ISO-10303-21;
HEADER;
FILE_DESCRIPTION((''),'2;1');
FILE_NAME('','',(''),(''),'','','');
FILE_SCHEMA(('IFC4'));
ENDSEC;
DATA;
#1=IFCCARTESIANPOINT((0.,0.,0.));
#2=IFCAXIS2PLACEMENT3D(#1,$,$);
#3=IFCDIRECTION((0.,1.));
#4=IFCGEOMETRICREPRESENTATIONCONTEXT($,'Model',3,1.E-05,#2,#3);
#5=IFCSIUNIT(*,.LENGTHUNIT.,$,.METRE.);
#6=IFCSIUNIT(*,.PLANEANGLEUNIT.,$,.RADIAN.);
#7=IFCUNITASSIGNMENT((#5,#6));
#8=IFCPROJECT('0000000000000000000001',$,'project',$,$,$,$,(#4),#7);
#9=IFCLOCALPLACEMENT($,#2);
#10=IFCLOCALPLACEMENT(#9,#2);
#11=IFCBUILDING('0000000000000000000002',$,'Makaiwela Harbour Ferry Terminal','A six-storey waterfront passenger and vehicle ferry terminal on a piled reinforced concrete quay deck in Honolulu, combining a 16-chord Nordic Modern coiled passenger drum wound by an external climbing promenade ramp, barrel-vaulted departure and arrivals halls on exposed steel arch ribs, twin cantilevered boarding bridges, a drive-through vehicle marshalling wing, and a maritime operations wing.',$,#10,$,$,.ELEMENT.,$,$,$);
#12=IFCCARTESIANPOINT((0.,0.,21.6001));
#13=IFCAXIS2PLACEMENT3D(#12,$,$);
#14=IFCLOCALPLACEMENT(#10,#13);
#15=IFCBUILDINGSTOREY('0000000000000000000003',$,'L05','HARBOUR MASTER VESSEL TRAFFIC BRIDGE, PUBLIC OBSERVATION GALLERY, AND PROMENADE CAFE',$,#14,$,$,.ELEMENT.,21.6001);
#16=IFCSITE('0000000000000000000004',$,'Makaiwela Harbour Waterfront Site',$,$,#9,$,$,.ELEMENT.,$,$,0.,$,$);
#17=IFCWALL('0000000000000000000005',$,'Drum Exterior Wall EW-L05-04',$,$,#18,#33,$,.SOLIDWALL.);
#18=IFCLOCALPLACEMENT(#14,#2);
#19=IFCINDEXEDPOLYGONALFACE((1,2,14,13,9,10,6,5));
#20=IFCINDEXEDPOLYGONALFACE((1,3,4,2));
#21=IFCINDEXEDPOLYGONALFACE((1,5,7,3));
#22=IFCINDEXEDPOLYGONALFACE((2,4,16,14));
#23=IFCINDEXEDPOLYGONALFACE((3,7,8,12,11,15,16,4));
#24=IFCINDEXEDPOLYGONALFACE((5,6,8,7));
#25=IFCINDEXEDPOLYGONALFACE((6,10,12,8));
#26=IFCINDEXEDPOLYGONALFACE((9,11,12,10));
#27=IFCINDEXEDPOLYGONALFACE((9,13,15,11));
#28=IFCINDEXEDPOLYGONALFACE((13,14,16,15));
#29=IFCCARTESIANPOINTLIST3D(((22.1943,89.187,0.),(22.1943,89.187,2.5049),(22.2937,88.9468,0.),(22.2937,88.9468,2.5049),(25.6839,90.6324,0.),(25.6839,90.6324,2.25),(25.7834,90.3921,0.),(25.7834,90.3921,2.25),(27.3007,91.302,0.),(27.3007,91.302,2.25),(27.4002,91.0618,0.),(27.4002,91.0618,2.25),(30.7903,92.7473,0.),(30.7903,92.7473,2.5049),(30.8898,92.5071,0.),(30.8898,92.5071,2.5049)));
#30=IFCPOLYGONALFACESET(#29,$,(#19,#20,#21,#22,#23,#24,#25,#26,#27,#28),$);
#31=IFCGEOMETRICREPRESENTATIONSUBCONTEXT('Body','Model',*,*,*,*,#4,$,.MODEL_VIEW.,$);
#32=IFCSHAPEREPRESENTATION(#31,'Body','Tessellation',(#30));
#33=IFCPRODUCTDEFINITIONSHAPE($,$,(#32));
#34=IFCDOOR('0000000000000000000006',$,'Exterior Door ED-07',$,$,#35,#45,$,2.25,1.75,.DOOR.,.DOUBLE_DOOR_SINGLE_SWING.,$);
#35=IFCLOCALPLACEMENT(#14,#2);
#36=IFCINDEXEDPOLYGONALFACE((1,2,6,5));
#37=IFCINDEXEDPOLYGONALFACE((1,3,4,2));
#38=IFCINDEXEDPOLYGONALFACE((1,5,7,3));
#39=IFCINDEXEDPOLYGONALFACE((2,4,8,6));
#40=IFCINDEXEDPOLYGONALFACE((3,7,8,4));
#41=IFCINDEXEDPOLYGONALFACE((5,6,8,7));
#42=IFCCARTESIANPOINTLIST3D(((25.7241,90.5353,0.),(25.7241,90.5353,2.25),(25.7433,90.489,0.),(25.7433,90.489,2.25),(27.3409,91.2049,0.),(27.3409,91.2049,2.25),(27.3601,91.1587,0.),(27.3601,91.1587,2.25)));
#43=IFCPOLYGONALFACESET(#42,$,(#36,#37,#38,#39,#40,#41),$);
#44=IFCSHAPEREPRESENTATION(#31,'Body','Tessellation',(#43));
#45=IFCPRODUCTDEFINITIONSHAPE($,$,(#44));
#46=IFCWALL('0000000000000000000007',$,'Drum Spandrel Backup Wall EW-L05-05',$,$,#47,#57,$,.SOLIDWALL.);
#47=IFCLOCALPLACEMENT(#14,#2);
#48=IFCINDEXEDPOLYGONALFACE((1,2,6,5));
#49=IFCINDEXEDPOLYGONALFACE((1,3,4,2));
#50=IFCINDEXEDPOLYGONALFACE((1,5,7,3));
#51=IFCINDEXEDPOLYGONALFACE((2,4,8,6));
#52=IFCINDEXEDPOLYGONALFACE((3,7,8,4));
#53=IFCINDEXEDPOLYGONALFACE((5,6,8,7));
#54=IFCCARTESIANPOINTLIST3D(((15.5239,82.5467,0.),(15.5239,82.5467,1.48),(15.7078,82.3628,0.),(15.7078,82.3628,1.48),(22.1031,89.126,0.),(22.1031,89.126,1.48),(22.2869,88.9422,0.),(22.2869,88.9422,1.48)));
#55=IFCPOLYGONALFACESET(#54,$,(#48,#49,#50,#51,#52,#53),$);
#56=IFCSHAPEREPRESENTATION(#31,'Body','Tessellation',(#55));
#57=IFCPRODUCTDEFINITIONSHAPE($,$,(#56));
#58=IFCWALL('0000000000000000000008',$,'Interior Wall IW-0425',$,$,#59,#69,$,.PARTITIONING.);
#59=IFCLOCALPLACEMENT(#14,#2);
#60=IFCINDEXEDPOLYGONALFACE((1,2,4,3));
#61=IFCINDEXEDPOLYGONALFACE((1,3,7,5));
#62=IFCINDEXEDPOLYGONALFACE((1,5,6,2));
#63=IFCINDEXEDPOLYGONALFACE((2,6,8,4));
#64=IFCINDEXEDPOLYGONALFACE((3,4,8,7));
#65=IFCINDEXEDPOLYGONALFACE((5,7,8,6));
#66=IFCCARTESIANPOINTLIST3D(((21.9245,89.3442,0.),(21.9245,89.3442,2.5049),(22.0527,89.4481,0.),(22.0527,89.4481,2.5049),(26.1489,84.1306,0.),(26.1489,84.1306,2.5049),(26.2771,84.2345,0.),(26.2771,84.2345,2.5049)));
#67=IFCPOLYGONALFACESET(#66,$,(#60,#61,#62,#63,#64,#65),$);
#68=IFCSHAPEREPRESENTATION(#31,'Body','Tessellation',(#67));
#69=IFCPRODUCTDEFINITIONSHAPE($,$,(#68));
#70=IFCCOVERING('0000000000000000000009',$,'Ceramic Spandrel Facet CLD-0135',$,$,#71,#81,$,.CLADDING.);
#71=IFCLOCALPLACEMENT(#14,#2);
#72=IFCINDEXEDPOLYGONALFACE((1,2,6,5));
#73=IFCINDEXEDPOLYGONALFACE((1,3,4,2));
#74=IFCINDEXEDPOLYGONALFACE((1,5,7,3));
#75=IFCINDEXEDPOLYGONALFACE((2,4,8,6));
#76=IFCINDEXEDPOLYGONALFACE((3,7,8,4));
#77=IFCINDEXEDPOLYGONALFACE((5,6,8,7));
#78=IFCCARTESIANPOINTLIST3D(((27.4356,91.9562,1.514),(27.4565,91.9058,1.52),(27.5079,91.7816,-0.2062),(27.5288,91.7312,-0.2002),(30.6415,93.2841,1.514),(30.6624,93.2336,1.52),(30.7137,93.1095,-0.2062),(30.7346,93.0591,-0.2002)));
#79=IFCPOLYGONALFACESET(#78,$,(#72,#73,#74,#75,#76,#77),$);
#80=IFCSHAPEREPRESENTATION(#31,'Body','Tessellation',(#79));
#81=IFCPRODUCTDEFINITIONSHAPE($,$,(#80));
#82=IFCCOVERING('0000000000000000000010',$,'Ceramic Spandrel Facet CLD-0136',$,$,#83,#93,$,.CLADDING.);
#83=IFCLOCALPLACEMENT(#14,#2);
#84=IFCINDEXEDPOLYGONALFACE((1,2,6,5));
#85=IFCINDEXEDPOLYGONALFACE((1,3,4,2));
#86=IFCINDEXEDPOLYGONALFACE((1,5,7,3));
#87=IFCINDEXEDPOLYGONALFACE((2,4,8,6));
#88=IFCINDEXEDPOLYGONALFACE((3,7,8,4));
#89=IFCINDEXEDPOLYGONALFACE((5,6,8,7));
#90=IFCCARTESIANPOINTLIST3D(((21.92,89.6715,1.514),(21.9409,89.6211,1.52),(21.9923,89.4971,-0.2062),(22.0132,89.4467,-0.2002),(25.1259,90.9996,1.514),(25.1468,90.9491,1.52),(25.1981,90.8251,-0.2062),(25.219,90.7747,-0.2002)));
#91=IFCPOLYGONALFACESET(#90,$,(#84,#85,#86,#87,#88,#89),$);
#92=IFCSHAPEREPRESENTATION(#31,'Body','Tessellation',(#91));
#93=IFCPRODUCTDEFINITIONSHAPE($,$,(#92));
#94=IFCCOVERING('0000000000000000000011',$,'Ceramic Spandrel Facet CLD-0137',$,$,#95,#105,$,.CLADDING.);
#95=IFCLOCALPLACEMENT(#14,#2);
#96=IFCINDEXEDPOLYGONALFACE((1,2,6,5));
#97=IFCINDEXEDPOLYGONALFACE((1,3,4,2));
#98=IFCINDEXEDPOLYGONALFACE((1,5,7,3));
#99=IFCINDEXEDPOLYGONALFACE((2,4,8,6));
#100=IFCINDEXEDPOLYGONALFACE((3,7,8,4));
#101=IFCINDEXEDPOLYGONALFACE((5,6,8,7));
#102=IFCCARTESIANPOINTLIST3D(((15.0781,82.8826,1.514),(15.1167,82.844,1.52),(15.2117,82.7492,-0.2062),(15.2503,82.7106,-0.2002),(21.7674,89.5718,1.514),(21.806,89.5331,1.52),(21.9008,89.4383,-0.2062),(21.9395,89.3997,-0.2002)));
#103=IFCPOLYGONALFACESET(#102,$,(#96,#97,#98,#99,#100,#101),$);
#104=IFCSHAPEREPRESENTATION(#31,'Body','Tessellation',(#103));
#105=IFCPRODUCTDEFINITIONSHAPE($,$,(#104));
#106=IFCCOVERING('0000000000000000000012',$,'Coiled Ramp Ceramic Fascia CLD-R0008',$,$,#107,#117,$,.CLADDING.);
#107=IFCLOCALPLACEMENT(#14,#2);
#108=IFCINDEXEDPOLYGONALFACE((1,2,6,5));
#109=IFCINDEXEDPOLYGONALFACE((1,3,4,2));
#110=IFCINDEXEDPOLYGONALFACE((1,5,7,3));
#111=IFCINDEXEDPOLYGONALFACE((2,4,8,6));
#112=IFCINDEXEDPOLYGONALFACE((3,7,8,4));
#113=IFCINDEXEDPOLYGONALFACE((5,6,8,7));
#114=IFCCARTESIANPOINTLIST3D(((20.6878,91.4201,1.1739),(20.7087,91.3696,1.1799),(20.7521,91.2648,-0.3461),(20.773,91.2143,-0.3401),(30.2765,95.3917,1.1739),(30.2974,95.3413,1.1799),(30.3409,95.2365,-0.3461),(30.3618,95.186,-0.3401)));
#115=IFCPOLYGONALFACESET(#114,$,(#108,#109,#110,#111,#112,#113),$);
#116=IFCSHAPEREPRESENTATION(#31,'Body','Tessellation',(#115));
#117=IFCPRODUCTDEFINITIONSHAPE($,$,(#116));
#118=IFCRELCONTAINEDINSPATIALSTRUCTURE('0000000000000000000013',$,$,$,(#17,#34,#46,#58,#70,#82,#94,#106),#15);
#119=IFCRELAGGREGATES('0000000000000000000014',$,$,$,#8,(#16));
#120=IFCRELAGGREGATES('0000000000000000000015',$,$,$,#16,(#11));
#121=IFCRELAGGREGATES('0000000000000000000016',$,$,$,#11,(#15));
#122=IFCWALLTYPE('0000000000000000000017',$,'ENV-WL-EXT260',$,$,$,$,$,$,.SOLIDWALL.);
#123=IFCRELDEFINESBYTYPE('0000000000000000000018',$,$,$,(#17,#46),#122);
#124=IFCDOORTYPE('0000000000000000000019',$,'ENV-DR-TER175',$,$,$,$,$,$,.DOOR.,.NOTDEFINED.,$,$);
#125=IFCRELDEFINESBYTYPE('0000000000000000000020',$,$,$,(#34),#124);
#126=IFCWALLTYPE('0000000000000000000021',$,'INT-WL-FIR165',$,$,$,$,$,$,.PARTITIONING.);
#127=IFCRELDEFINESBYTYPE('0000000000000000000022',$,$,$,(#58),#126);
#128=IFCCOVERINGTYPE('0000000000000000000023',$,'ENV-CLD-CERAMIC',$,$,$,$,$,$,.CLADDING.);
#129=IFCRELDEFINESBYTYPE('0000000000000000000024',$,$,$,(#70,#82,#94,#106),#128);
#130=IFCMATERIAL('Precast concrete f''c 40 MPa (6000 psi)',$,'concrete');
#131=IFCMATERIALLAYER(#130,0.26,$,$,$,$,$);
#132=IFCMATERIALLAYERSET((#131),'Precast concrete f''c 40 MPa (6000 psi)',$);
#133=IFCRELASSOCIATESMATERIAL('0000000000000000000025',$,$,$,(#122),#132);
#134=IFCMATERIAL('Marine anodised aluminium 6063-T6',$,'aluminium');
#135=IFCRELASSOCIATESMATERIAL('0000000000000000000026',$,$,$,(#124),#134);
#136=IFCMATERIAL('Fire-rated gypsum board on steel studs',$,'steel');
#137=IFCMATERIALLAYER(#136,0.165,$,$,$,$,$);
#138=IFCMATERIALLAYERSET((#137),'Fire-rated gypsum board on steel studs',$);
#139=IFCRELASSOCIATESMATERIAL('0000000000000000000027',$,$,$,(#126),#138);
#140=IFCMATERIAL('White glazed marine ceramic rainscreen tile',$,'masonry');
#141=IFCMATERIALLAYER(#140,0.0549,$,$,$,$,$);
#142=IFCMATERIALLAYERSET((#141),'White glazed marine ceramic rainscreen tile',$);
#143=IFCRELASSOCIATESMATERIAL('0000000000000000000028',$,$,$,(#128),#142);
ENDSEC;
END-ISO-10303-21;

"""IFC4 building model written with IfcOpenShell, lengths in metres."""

from ifc_helpers import new_model, si_unit, direction, frame, frame_2d, origin, place, context, subcontext, project, spatial, polyline, rectangle, outline, extrude, material, layer, layer_set, type_object, element, fill, save


model = new_model("IFC4")

# Units and contexts
model_context = context("Model", 3, precision=1e-05, world=origin(), true_north=direction((0.0, 1.0)))
body_context = subcontext(model_context, "Body", "Model", "MODEL_VIEW")
ifc_project = project(units=[si_unit("LENGTHUNIT", "METRE"), si_unit("PLANEANGLEUNIT", "RADIAN")], contexts=[model_context])

# Site, building, storey
site_placement = place(None, origin())
site = spatial("IfcSite", under=ifc_project, at=site_placement, Name="Makaiwela Harbour Waterfront Site", CompositionType="ELEMENT", RefElevation=0.0)
building_placement = place(site_placement, origin())
building = spatial("IfcBuilding", under=site, at=building_placement, Name="Makaiwela Harbour Ferry Terminal", Description="A six-storey waterfront passenger and vehicle ferry terminal on a piled reinforced concrete quay deck in Honolulu, combining a 16-chord Nordic Modern coiled passenger drum wound by an external climbing promenade ramp, barrel-vaulted departure and arrivals halls on exposed steel arch ribs, twin cantilevered boarding bridges, a drive-through vehicle marshalling wing, and a maritime operations wing.", CompositionType="ELEMENT")
storey_placement = place(building_placement, frame((0.0, 0.0, 21.6001)))
storey = spatial("IfcBuildingStorey", under=building, at=storey_placement, Name="L05", Description="HARBOUR MASTER VESSEL TRAFFIC BRIDGE, PUBLIC OBSERVATION GALLERY, AND PROMENADE CAFE", CompositionType="ELEMENT", Elevation=21.6001)

# Shared definitions
ifc_material_1 = material(Name="Marine anodised aluminium 6063-T6", Category="aluminium")

# Wall, opening, door
ifc_material_2 = material(Name="Precast concrete f'c 40 MPa (6000 psi)", Category="concrete")
ifc_layer_1 = layer(ifc_material_2, 0.26)
ifc_layer_set_1 = layer_set([ifc_layer_1], Name="Precast concrete f'c 40 MPa (6000 psi)")
wall_type_1 = type_object("IfcWallType", Name="ENV-WL-EXT260", PredefinedType="SOLIDWALL", material=ifc_layer_set_1)
wall_1_placement = place(storey_placement, frame((30.8401, 92.6272, 0.0), z_axis=(0.0, 0.0, 1.0), x_axis=(-0.923893, -0.382651, 0.0)))
wall_1 = element("IfcWall", 1, at=wall_1_placement, inside=storey, type_object=wall_type_1, Name="Drum Exterior Wall EW-L05-04", PredefinedType="SOLIDWALL", context=body_context, shape_type="SweptSolid", body=[
    extrude(rectangle(XDim=9.3042, YDim=0.26, at=frame_2d((4.6521, 0.0))), origin(), (0.0, 0.0, 1.0), 2.5049),
])
opening_placement = place(wall_1_placement, frame((3.7771, 0.0, 0.0)))
opening = element("IfcOpeningElement", 2, at=opening_placement, cuts=wall_1, PredefinedType="OPENING", context=body_context, shape_type="SweptSolid", body=[
    extrude(rectangle(XDim=1.75, YDim=2.25, at=frame_2d((0.875, 1.125))), frame((0.0, 0.1399, 0.0), z_axis=(0.0, -1.0, 0.0), x_axis=(1.0, 0.0, 0.0)), (0.0, 0.0, 1.0), 0.28),
])
door_type = type_object("IfcDoorType", Name="ENV-DR-TER175", OperationType="NOTDEFINED", PredefinedType="DOOR", material=ifc_material_1)
door_placement = place(opening_placement, frame((1.75, 0.0, 0.0), z_axis=(0.0, 0.0, 1.0), x_axis=(-1.0, 0.0, 0.0)))
door = element("IfcDoor", 3, at=door_placement, inside=storey, type_object=door_type, Name="Exterior Door ED-07", OperationType="DOUBLE_DOOR_SINGLE_SWING", OverallHeight=2.25, OverallWidth=1.75, PredefinedType="DOOR", context=body_context, shape_type="SweptSolid", body=[
    extrude(rectangle(XDim=1.75, YDim=2.25, at=frame_2d((0.875, 1.125))), frame((0.0, 0.0249, 0.0), z_axis=(0.0, -1.0, 0.0), x_axis=(1.0, 0.0, 0.0)), (0.0, 0.0, 1.0), 0.05),
])
fill(opening, door)

# Walls
wall_2_placement = place(storey_placement, frame((22.1951, 89.0342, 0.0), z_axis=(0.0, 0.0, 1.0), x_axis=(-0.707094, -0.70712, 0.0)))
element("IfcWall", 4, at=wall_2_placement, inside=storey, type_object=wall_type_1, Name="Drum Spandrel Backup Wall EW-L05-05", PredefinedType="SOLIDWALL", context=body_context, shape_type="SweptSolid", body=[
    extrude(rectangle(XDim=9.3044, YDim=0.26, at=frame_2d((4.6523, 0.0))), origin(), (0.0, 0.0, 1.0), 1.48),
])
ifc_material_3 = material(Name="Fire-rated gypsum board on steel studs", Category="steel")
ifc_layer_2 = layer(ifc_material_3, 0.165)
ifc_layer_set_2 = layer_set([ifc_layer_2], Name="Fire-rated gypsum board on steel studs")
wall_type_2 = type_object("IfcWallType", Name="INT-WL-FIR165", PredefinedType="PARTITIONING", material=ifc_layer_set_2)
wall_3_placement = place(storey_placement, frame((26.2129, 84.1826, 0.0), z_axis=(0.0, 0.0, 1.0), x_axis=(-0.629541, 0.776967, 0.0)))
element("IfcWall", 5, at=wall_3_placement, inside=storey, type_object=wall_type_2, Name="Interior Wall IW-0425", PredefinedType="PARTITIONING", context=body_context, shape_type="SweptSolid", body=[
    extrude(rectangle(XDim=6.7102, YDim=0.165, at=frame_2d((3.355, 0.0))), origin(), (0.0, 0.0, 1.0), 2.5049),
])

# Coverings
ifc_material_4 = material(Name="White glazed marine ceramic rainscreen tile", Category="masonry")
ifc_layer_3 = layer(ifc_material_4, 0.0549)
ifc_layer_set_3 = layer_set([ifc_layer_3], Name="White glazed marine ceramic rainscreen tile")
covering_type = type_object("IfcCoveringType", Name="ENV-CLD-CERAMIC", PredefinedType="CLADDING", material=ifc_layer_set_3)
covering_1_placement = place(storey_placement, frame((30.7346, 93.0591, -0.2002), z_axis=(0.380394, -0.918358, 0.109172), x_axis=(-0.92388, -0.382681, 0.0)))
element("IfcCovering", 6, at=covering_1_placement, inside=storey, type_object=covering_type, Name="Ceramic Spandrel Facet CLD-0135", PredefinedType="CLADDING", context=body_context, shape_type="SweptSolid", body=[
    extrude(outline(polyline([(0.0, 0.0), (3.4699, 0.0), (3.4699, -1.7306), (0.0, -1.7306), (0.0, 0.0)])), origin(), (0.0, 0.0, -1.0), 0.0549),
])
covering_2_placement = place(storey_placement, frame((25.219, 90.7747, -0.2002), z_axis=(0.380426, -0.918353, 0.109107), x_axis=(-0.923868, -0.382711, 0.000004)))
element("IfcCovering", 7, at=covering_2_placement, inside=storey, type_object=covering_type, Name="Ceramic Spandrel Facet CLD-0136", PredefinedType="CLADDING", context=body_context, shape_type="SweptSolid", body=[
    extrude(outline(polyline([(0.0, 0.0), (3.4699, 0.0), (3.47, -1.7305), (0.0, -1.7306), (0.0, 0.0)])), origin(), (0.0, 0.0, -1.0), 0.0549),
])
covering_3_placement = place(storey_placement, frame((21.9395, 89.3997, -0.2002), z_axis=(0.702881, -0.702894, 0.109084), x_axis=(-0.707113, -0.7071, 0.000001)))
element("IfcCovering", 8, at=covering_3_placement, inside=storey, type_object=covering_type, Name="Ceramic Spandrel Facet CLD-0137", PredefinedType="CLADDING", context=body_context, shape_type="SweptSolid", body=[
    extrude(outline(polyline([(0.0, 0.0), (9.4598, 0.0), (9.46, -1.7305), (0.0, -1.7306), (0.0, 0.0)])), origin(), (0.0, 0.0, -1.0), 0.0549),
])
covering_4_placement = place(storey_placement, frame((30.3618, 95.186, -0.3401), z_axis=(0.380356, -0.918287, 0.109903), x_axis=(-0.923883, -0.382674, 0.0)))
element("IfcCovering", 9, at=covering_4_placement, inside=storey, type_object=covering_type, Name="Coiled Ramp Ceramic Fascia CLD-R0008", PredefinedType="CLADDING", context=body_context, shape_type="SweptSolid", body=[
    extrude(outline(polyline([(0.0, 0.0), (10.3789, 0.0), (10.3788, -1.5293), (0.0001, -1.5293), (0.0, 0.0)])), origin(), (0.0, 0.0, -1.0), 0.0549),
])

save(model, "model.ifc")
